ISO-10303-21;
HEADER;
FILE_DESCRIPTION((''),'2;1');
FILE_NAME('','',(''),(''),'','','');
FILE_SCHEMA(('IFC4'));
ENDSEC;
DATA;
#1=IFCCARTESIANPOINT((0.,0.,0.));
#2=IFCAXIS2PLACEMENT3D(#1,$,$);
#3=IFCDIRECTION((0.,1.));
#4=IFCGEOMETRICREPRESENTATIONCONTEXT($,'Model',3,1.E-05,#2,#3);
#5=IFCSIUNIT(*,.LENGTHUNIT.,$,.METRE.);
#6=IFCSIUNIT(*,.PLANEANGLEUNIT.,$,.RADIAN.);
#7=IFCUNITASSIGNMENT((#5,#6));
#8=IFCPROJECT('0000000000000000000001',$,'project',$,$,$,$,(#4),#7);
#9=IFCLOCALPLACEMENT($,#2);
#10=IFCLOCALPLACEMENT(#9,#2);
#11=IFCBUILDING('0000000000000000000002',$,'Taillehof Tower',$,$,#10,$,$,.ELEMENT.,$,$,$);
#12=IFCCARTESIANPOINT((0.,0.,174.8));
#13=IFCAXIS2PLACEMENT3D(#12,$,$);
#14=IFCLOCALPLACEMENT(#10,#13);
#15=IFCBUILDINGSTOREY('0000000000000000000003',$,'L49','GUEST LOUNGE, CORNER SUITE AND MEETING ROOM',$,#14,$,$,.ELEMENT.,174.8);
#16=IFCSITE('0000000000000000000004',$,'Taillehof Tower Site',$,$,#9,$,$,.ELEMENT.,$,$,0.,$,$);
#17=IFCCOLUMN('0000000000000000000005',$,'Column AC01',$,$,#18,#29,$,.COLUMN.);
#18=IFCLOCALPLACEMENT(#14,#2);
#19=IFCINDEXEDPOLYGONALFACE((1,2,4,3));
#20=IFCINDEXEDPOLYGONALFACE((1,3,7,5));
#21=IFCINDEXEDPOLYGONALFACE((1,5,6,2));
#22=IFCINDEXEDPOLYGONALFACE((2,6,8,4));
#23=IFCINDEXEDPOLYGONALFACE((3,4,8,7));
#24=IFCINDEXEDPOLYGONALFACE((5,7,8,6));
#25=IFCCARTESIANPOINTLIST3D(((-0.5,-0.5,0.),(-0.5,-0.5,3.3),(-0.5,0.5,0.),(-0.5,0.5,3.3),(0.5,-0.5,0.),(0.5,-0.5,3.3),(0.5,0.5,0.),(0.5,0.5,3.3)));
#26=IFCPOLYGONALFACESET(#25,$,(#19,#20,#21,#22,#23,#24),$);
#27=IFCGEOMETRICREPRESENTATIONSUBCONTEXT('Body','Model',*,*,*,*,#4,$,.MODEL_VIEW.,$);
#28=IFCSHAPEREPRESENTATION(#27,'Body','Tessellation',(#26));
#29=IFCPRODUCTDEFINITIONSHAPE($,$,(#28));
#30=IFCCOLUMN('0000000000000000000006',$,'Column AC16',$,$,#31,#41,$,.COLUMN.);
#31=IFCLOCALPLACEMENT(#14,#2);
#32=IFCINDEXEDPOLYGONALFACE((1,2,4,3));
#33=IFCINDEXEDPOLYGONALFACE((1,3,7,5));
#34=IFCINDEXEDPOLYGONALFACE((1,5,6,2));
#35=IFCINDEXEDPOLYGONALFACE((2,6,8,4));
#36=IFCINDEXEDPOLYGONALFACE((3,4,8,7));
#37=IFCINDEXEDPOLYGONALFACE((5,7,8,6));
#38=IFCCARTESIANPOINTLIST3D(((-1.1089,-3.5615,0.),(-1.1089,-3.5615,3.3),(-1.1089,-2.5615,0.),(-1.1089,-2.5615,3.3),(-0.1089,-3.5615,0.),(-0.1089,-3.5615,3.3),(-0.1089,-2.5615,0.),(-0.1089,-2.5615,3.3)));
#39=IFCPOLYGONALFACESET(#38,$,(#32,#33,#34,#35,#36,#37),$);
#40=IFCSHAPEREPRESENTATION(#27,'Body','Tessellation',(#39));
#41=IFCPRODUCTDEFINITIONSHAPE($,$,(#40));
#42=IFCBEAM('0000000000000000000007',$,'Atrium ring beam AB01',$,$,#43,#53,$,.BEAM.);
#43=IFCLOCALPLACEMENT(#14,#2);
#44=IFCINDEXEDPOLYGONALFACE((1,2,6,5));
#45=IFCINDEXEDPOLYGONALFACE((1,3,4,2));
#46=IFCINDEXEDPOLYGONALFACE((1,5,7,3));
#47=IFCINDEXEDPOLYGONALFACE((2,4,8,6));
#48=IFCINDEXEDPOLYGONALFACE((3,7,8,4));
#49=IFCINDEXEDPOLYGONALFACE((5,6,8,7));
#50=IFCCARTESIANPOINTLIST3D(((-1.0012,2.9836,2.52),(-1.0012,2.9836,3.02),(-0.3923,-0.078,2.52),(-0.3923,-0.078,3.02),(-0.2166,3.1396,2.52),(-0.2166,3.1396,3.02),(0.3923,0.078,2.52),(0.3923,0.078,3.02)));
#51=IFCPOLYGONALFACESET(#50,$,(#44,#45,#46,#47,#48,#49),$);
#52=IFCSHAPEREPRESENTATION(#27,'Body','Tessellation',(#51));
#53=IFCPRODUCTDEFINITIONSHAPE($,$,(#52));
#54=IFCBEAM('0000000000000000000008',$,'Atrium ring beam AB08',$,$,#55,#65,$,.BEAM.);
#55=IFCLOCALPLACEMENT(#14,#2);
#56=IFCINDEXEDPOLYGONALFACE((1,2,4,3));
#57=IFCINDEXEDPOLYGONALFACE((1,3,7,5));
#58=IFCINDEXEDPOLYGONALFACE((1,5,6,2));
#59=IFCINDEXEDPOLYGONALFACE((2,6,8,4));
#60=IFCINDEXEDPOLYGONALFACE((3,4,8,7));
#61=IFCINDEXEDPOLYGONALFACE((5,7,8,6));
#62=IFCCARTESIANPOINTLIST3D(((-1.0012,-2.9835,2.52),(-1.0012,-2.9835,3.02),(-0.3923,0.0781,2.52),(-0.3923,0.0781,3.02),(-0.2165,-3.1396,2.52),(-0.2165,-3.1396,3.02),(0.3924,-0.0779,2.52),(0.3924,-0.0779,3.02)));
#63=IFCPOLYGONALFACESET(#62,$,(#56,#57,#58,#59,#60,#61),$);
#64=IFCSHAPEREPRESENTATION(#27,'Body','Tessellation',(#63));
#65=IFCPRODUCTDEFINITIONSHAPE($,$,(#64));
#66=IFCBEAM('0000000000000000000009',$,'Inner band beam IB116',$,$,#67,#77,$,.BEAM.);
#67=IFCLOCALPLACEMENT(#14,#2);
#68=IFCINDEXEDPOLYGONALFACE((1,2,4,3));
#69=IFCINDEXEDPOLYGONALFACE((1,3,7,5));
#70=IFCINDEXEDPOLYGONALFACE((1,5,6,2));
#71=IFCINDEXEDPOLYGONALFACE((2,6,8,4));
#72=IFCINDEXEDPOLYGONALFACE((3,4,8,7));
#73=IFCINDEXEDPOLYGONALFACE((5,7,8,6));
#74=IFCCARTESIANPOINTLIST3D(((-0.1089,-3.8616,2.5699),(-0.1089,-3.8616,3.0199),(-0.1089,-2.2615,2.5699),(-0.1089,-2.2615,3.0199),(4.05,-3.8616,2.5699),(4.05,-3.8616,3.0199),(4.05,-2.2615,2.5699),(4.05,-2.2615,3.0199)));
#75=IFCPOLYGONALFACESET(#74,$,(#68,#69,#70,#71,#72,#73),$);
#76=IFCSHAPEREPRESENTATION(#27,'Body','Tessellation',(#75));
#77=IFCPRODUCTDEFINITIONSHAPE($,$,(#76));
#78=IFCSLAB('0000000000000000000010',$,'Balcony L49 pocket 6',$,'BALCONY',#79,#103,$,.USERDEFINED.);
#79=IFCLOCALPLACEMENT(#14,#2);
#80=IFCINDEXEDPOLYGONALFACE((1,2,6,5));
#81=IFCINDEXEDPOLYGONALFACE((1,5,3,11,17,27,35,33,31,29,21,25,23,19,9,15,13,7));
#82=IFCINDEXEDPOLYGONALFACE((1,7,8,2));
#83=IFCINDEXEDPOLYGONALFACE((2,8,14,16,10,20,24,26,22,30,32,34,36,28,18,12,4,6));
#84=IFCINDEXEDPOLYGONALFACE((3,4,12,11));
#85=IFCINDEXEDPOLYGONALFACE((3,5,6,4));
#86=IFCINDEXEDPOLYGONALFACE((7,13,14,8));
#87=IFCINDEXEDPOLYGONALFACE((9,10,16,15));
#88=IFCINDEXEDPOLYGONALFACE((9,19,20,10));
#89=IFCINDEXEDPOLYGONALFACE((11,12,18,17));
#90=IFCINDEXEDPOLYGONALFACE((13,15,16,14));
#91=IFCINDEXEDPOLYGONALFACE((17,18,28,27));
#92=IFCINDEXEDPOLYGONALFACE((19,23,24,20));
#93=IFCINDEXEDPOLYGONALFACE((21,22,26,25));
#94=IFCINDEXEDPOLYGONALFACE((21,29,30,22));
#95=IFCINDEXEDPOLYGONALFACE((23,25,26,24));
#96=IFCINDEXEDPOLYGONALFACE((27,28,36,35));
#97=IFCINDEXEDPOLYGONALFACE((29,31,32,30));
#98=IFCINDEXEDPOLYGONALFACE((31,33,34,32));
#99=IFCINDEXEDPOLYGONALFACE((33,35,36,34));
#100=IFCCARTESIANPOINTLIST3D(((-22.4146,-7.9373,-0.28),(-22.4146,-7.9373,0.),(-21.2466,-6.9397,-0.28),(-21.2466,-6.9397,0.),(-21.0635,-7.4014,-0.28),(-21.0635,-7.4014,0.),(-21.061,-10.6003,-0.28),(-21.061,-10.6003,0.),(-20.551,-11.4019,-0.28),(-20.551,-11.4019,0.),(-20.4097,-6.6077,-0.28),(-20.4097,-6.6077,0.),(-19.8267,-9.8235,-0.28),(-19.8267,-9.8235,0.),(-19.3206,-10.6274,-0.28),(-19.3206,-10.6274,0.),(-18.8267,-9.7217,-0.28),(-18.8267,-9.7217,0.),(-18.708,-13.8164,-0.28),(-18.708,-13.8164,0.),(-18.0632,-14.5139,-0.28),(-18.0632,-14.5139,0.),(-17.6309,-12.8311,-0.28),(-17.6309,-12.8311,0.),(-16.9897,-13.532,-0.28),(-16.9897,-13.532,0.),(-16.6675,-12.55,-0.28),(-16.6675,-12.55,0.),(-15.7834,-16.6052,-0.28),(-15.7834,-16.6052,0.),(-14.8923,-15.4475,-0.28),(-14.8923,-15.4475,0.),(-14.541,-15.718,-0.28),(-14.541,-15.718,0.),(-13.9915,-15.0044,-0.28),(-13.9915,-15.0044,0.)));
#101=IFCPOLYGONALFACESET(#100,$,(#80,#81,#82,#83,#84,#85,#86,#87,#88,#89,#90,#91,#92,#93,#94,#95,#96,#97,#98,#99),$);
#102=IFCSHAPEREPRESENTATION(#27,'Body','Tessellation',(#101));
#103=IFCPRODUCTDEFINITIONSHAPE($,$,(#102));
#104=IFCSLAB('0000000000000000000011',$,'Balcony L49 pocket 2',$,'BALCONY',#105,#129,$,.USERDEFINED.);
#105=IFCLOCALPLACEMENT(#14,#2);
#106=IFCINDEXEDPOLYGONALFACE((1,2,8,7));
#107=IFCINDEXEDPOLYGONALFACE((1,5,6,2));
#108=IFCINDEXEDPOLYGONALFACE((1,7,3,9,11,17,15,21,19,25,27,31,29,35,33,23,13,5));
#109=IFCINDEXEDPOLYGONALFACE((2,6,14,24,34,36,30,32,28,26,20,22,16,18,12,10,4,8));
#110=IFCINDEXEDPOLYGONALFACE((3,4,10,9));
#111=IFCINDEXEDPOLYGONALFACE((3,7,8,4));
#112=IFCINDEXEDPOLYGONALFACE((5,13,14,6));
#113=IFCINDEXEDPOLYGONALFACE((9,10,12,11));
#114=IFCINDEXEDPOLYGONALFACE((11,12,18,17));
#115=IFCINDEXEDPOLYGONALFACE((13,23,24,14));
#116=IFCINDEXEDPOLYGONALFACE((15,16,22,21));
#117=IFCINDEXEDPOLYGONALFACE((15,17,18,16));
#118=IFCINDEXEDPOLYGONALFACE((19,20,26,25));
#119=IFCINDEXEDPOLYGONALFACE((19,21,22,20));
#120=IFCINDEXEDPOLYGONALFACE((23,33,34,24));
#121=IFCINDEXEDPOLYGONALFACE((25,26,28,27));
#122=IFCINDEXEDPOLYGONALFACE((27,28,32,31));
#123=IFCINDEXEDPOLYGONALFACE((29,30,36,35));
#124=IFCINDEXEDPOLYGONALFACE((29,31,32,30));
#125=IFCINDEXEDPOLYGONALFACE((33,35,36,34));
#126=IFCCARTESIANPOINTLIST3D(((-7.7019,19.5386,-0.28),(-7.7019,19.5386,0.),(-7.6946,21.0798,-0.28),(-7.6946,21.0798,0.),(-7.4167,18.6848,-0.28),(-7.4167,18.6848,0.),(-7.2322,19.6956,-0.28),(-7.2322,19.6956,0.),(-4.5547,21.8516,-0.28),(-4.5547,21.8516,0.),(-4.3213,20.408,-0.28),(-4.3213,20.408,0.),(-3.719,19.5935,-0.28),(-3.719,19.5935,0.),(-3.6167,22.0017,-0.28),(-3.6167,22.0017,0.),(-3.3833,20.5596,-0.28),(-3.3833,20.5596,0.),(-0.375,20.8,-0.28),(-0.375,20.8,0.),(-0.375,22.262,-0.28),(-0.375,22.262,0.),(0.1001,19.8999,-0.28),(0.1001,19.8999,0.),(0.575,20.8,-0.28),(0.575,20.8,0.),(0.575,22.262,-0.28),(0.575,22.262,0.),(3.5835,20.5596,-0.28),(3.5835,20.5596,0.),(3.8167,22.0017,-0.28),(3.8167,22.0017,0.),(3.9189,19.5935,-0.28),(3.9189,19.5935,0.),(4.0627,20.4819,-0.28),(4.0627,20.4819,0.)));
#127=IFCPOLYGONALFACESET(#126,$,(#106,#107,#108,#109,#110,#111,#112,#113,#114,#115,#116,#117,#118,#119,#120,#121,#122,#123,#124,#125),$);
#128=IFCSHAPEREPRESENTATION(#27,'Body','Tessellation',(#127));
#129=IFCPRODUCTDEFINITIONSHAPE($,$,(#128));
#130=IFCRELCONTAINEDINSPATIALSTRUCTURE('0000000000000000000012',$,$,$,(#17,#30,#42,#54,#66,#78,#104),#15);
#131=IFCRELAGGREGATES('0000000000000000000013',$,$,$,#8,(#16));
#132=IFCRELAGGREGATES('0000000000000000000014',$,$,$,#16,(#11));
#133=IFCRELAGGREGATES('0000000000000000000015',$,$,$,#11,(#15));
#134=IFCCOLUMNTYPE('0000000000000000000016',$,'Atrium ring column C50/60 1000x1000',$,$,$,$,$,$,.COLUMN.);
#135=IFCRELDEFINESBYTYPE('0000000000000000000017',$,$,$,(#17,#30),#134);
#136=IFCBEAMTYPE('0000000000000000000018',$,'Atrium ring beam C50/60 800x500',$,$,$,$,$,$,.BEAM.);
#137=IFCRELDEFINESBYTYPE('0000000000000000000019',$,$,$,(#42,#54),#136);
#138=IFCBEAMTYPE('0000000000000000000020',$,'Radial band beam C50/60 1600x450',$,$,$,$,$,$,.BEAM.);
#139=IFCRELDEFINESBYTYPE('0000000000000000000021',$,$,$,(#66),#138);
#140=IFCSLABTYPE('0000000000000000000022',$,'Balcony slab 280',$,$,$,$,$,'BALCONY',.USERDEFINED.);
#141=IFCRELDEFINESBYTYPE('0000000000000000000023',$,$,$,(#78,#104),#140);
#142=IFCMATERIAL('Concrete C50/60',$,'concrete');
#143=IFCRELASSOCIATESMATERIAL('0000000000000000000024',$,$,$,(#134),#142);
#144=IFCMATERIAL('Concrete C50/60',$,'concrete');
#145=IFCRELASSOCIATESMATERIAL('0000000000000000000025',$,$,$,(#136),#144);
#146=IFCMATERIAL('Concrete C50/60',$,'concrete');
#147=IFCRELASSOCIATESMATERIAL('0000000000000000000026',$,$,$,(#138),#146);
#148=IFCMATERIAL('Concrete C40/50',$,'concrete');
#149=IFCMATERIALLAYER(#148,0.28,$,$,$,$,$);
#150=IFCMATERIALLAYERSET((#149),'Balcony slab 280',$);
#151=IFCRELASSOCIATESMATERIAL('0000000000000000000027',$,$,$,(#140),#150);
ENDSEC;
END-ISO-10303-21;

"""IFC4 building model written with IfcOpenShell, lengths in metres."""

from ifc_helpers import new_model, si_unit, direction, frame, origin, origin_2d, place, context, subcontext, project, spatial, polyline, rectangle, outline, extrude, material, layer, layer_set, material_profile, profile_set, type_object, element, save


model = new_model("IFC4")

# Units and contexts
model_context = context("Model", 3, precision=1e-05, world=origin(), true_north=direction((0.0, 1.0)))
body_context = subcontext(model_context, "Body", "Model", "MODEL_VIEW")
ifc_project = project(units=[si_unit("LENGTHUNIT", "METRE"), si_unit("PLANEANGLEUNIT", "RADIAN")], contexts=[model_context])

# Site, building, storey
site_placement = place(None, origin())
site = spatial("IfcSite", under=ifc_project, at=site_placement, Name="Taillehof Tower Site", CompositionType="ELEMENT", RefElevation=0.0)
building_placement = place(site_placement, origin())
building = spatial("IfcBuilding", under=site, at=building_placement, Name="Taillehof Tower", CompositionType="ELEMENT")
storey_placement = place(building_placement, frame((0.0, 0.0, 174.8)))
storey = spatial("IfcBuildingStorey", under=building, at=storey_placement, Name="L49", Description="GUEST LOUNGE, CORNER SUITE AND MEETING ROOM", CompositionType="ELEMENT", Elevation=174.8)

# Columns
ifc_material_1 = material(Name="Concrete C50/60", Category="concrete")
ifc_material_profile_1 = material_profile(ifc_material_1, rectangle(XDim=1.0, YDim=1.0, at=origin_2d()), Name="RC 1000x1000")
ifc_profile_set_1 = profile_set([ifc_material_profile_1], Name="Concrete C50/60")
column_type = type_object("IfcColumnType", Name="Atrium ring column C50/60 1000x1000", PredefinedType="COLUMN", material=ifc_profile_set_1)
for number, where, z_axis, x_axis, name in (
    (1, (0.0, 0.0, 0.0), (0.0, 0.0, 1.0), (1.0, 0.0, 0.0), "Column AC01"),
    (2, (-0.6089, -3.0615, 0.0), (0.0, 0.0, 1.0), (1.0, 0.0, 0.0), "Column AC16"),
):
    element("IfcColumn", number, at=place(storey_placement, frame(where, z_axis=z_axis, x_axis=x_axis)), inside=storey, type_object=column_type, Name=name, PredefinedType="COLUMN", context=body_context, shape_type="SweptSolid", body=[
        extrude(rectangle(XDim=1.0, YDim=1.0, at=origin_2d()), origin(), (0.0, 0.0, 1.0), 3.3),
    ])

# Beams
ifc_material_2 = material(Name="Concrete C50/60", Category="concrete")
ifc_material_profile_2 = material_profile(ifc_material_2, rectangle(XDim=0.8, YDim=0.5, at=origin_2d()), Name="RC 800x500")
ifc_profile_set_2 = profile_set([ifc_material_profile_2], Name="Concrete C50/60")
beam_type_1 = type_object("IfcBeamType", Name="Atrium ring beam C50/60 800x500", PredefinedType="BEAM", material=ifc_profile_set_2)
for number, where, z_axis, x_axis, name in (
    (3, (0.0, 0.0, 2.77), (-0.195063, 0.980791, 0.0), (-0.980791, -0.195063, 0.0), "Atrium ring beam AB01"),
    (4, (-0.6089, -3.0615, 2.77), (0.195063, 0.980791, 0.0), (-0.980791, 0.195063, 0.0), "Atrium ring beam AB08"),
):
    element("IfcBeam", number, at=place(storey_placement, frame(where, z_axis=z_axis, x_axis=x_axis)), inside=storey, type_object=beam_type_1, Name=name, PredefinedType="BEAM", context=body_context, shape_type="SweptSolid", body=[
        extrude(rectangle(XDim=0.8, YDim=0.5, at=origin_2d()), origin(), (0.0, 0.0, 1.0), 3.1216),
    ])
ifc_material_3 = material(Name="Concrete C50/60", Category="concrete")
ifc_material_profile_3 = material_profile(ifc_material_3, rectangle(XDim=1.6001, YDim=0.45, at=origin_2d()), Name="RC 1600x450")
ifc_profile_set_3 = profile_set([ifc_material_profile_3], Name="Concrete C50/60")
beam_type_2 = type_object("IfcBeamType", Name="Radial band beam C50/60 1600x450", PredefinedType="BEAM", material=ifc_profile_set_3)
beam_placement = place(storey_placement, frame((-0.1089, -3.0615, 2.7949), z_axis=(1.0, 0.0, 0.0), x_axis=(0.0, 1.0, 0.0)))
element("IfcBeam", 5, at=beam_placement, inside=storey, type_object=beam_type_2, Name="Inner band beam IB116", PredefinedType="BEAM", context=body_context, shape_type="SweptSolid", body=[
    extrude(rectangle(XDim=1.6001, YDim=0.45, at=origin_2d()), origin(), (0.0, 0.0, 1.0), 4.1589),
])

# Slabs
ifc_material_4 = material(Name="Concrete C40/50", Category="concrete")
ifc_layer_1 = layer(ifc_material_4, 0.28)
ifc_layer_set_1 = layer_set([ifc_layer_1], Name="Balcony slab 280")
slab_type_1 = type_object("IfcSlabType", Name="Balcony slab 280", ElementType="BALCONY", PredefinedType="USERDEFINED", material=ifc_layer_set_1)
slab_1_placement = place(storey_placement, frame((0.0, 0.0, -0.28)))
element("IfcSlab", 6, at=slab_1_placement, inside=storey, type_object=slab_type_1, Name="Balcony L49 pocket 6", ObjectType="BALCONY", PredefinedType="USERDEFINED", context=body_context, shape_type="SweptSolid", body=[
    extrude(outline(polyline([(-13.9915, -15.0044), (-14.541, -15.718), (-14.8923, -15.4475), (-15.7834, -16.6052), (-18.0632, -14.5139), (-16.9897, -13.532), (-17.6309, -12.8311), (-18.708, -13.8164), (-20.551, -11.4019), (-19.3206, -10.6274), (-19.8267, -9.8235), (-21.061, -10.6003), (-22.4146, -7.9373), (-21.0635, -7.4014), (-21.2466, -6.9397), (-20.4097, -6.6077), (-18.8267, -9.7217), (-16.6675, -12.55), (-13.9915, -15.0044)])), origin(), (0.0, 0.0, 1.0), 0.28),
])
slab_2_placement = place(storey_placement, frame((0.0, 0.0, -0.28)))
element("IfcSlab", 7, at=slab_2_placement, inside=storey, type_object=slab_type_1, Name="Balcony L49 pocket 2", ObjectType="BALCONY", PredefinedType="USERDEFINED", context=body_context, shape_type="SweptSolid", body=[
    extrude(outline(polyline([(-7.4167, 18.6848), (-7.7019, 19.5386), (-7.2322, 19.6956), (-7.6946, 21.0798), (-4.5547, 21.8516), (-4.3213, 20.408), (-3.3833, 20.5596), (-3.6167, 22.0017), (-0.375, 22.262), (-0.375, 20.8), (0.575, 20.8), (0.575, 22.262), (3.8167, 22.0017), (3.5835, 20.5596), (4.0627, 20.4819), (3.9189, 19.5935), (0.1001, 19.8999), (-3.719, 19.5935), (-7.4167, 18.6848)])), origin(), (0.0, 0.0, 1.0), 0.28),
])

save(model, "model.ifc")
